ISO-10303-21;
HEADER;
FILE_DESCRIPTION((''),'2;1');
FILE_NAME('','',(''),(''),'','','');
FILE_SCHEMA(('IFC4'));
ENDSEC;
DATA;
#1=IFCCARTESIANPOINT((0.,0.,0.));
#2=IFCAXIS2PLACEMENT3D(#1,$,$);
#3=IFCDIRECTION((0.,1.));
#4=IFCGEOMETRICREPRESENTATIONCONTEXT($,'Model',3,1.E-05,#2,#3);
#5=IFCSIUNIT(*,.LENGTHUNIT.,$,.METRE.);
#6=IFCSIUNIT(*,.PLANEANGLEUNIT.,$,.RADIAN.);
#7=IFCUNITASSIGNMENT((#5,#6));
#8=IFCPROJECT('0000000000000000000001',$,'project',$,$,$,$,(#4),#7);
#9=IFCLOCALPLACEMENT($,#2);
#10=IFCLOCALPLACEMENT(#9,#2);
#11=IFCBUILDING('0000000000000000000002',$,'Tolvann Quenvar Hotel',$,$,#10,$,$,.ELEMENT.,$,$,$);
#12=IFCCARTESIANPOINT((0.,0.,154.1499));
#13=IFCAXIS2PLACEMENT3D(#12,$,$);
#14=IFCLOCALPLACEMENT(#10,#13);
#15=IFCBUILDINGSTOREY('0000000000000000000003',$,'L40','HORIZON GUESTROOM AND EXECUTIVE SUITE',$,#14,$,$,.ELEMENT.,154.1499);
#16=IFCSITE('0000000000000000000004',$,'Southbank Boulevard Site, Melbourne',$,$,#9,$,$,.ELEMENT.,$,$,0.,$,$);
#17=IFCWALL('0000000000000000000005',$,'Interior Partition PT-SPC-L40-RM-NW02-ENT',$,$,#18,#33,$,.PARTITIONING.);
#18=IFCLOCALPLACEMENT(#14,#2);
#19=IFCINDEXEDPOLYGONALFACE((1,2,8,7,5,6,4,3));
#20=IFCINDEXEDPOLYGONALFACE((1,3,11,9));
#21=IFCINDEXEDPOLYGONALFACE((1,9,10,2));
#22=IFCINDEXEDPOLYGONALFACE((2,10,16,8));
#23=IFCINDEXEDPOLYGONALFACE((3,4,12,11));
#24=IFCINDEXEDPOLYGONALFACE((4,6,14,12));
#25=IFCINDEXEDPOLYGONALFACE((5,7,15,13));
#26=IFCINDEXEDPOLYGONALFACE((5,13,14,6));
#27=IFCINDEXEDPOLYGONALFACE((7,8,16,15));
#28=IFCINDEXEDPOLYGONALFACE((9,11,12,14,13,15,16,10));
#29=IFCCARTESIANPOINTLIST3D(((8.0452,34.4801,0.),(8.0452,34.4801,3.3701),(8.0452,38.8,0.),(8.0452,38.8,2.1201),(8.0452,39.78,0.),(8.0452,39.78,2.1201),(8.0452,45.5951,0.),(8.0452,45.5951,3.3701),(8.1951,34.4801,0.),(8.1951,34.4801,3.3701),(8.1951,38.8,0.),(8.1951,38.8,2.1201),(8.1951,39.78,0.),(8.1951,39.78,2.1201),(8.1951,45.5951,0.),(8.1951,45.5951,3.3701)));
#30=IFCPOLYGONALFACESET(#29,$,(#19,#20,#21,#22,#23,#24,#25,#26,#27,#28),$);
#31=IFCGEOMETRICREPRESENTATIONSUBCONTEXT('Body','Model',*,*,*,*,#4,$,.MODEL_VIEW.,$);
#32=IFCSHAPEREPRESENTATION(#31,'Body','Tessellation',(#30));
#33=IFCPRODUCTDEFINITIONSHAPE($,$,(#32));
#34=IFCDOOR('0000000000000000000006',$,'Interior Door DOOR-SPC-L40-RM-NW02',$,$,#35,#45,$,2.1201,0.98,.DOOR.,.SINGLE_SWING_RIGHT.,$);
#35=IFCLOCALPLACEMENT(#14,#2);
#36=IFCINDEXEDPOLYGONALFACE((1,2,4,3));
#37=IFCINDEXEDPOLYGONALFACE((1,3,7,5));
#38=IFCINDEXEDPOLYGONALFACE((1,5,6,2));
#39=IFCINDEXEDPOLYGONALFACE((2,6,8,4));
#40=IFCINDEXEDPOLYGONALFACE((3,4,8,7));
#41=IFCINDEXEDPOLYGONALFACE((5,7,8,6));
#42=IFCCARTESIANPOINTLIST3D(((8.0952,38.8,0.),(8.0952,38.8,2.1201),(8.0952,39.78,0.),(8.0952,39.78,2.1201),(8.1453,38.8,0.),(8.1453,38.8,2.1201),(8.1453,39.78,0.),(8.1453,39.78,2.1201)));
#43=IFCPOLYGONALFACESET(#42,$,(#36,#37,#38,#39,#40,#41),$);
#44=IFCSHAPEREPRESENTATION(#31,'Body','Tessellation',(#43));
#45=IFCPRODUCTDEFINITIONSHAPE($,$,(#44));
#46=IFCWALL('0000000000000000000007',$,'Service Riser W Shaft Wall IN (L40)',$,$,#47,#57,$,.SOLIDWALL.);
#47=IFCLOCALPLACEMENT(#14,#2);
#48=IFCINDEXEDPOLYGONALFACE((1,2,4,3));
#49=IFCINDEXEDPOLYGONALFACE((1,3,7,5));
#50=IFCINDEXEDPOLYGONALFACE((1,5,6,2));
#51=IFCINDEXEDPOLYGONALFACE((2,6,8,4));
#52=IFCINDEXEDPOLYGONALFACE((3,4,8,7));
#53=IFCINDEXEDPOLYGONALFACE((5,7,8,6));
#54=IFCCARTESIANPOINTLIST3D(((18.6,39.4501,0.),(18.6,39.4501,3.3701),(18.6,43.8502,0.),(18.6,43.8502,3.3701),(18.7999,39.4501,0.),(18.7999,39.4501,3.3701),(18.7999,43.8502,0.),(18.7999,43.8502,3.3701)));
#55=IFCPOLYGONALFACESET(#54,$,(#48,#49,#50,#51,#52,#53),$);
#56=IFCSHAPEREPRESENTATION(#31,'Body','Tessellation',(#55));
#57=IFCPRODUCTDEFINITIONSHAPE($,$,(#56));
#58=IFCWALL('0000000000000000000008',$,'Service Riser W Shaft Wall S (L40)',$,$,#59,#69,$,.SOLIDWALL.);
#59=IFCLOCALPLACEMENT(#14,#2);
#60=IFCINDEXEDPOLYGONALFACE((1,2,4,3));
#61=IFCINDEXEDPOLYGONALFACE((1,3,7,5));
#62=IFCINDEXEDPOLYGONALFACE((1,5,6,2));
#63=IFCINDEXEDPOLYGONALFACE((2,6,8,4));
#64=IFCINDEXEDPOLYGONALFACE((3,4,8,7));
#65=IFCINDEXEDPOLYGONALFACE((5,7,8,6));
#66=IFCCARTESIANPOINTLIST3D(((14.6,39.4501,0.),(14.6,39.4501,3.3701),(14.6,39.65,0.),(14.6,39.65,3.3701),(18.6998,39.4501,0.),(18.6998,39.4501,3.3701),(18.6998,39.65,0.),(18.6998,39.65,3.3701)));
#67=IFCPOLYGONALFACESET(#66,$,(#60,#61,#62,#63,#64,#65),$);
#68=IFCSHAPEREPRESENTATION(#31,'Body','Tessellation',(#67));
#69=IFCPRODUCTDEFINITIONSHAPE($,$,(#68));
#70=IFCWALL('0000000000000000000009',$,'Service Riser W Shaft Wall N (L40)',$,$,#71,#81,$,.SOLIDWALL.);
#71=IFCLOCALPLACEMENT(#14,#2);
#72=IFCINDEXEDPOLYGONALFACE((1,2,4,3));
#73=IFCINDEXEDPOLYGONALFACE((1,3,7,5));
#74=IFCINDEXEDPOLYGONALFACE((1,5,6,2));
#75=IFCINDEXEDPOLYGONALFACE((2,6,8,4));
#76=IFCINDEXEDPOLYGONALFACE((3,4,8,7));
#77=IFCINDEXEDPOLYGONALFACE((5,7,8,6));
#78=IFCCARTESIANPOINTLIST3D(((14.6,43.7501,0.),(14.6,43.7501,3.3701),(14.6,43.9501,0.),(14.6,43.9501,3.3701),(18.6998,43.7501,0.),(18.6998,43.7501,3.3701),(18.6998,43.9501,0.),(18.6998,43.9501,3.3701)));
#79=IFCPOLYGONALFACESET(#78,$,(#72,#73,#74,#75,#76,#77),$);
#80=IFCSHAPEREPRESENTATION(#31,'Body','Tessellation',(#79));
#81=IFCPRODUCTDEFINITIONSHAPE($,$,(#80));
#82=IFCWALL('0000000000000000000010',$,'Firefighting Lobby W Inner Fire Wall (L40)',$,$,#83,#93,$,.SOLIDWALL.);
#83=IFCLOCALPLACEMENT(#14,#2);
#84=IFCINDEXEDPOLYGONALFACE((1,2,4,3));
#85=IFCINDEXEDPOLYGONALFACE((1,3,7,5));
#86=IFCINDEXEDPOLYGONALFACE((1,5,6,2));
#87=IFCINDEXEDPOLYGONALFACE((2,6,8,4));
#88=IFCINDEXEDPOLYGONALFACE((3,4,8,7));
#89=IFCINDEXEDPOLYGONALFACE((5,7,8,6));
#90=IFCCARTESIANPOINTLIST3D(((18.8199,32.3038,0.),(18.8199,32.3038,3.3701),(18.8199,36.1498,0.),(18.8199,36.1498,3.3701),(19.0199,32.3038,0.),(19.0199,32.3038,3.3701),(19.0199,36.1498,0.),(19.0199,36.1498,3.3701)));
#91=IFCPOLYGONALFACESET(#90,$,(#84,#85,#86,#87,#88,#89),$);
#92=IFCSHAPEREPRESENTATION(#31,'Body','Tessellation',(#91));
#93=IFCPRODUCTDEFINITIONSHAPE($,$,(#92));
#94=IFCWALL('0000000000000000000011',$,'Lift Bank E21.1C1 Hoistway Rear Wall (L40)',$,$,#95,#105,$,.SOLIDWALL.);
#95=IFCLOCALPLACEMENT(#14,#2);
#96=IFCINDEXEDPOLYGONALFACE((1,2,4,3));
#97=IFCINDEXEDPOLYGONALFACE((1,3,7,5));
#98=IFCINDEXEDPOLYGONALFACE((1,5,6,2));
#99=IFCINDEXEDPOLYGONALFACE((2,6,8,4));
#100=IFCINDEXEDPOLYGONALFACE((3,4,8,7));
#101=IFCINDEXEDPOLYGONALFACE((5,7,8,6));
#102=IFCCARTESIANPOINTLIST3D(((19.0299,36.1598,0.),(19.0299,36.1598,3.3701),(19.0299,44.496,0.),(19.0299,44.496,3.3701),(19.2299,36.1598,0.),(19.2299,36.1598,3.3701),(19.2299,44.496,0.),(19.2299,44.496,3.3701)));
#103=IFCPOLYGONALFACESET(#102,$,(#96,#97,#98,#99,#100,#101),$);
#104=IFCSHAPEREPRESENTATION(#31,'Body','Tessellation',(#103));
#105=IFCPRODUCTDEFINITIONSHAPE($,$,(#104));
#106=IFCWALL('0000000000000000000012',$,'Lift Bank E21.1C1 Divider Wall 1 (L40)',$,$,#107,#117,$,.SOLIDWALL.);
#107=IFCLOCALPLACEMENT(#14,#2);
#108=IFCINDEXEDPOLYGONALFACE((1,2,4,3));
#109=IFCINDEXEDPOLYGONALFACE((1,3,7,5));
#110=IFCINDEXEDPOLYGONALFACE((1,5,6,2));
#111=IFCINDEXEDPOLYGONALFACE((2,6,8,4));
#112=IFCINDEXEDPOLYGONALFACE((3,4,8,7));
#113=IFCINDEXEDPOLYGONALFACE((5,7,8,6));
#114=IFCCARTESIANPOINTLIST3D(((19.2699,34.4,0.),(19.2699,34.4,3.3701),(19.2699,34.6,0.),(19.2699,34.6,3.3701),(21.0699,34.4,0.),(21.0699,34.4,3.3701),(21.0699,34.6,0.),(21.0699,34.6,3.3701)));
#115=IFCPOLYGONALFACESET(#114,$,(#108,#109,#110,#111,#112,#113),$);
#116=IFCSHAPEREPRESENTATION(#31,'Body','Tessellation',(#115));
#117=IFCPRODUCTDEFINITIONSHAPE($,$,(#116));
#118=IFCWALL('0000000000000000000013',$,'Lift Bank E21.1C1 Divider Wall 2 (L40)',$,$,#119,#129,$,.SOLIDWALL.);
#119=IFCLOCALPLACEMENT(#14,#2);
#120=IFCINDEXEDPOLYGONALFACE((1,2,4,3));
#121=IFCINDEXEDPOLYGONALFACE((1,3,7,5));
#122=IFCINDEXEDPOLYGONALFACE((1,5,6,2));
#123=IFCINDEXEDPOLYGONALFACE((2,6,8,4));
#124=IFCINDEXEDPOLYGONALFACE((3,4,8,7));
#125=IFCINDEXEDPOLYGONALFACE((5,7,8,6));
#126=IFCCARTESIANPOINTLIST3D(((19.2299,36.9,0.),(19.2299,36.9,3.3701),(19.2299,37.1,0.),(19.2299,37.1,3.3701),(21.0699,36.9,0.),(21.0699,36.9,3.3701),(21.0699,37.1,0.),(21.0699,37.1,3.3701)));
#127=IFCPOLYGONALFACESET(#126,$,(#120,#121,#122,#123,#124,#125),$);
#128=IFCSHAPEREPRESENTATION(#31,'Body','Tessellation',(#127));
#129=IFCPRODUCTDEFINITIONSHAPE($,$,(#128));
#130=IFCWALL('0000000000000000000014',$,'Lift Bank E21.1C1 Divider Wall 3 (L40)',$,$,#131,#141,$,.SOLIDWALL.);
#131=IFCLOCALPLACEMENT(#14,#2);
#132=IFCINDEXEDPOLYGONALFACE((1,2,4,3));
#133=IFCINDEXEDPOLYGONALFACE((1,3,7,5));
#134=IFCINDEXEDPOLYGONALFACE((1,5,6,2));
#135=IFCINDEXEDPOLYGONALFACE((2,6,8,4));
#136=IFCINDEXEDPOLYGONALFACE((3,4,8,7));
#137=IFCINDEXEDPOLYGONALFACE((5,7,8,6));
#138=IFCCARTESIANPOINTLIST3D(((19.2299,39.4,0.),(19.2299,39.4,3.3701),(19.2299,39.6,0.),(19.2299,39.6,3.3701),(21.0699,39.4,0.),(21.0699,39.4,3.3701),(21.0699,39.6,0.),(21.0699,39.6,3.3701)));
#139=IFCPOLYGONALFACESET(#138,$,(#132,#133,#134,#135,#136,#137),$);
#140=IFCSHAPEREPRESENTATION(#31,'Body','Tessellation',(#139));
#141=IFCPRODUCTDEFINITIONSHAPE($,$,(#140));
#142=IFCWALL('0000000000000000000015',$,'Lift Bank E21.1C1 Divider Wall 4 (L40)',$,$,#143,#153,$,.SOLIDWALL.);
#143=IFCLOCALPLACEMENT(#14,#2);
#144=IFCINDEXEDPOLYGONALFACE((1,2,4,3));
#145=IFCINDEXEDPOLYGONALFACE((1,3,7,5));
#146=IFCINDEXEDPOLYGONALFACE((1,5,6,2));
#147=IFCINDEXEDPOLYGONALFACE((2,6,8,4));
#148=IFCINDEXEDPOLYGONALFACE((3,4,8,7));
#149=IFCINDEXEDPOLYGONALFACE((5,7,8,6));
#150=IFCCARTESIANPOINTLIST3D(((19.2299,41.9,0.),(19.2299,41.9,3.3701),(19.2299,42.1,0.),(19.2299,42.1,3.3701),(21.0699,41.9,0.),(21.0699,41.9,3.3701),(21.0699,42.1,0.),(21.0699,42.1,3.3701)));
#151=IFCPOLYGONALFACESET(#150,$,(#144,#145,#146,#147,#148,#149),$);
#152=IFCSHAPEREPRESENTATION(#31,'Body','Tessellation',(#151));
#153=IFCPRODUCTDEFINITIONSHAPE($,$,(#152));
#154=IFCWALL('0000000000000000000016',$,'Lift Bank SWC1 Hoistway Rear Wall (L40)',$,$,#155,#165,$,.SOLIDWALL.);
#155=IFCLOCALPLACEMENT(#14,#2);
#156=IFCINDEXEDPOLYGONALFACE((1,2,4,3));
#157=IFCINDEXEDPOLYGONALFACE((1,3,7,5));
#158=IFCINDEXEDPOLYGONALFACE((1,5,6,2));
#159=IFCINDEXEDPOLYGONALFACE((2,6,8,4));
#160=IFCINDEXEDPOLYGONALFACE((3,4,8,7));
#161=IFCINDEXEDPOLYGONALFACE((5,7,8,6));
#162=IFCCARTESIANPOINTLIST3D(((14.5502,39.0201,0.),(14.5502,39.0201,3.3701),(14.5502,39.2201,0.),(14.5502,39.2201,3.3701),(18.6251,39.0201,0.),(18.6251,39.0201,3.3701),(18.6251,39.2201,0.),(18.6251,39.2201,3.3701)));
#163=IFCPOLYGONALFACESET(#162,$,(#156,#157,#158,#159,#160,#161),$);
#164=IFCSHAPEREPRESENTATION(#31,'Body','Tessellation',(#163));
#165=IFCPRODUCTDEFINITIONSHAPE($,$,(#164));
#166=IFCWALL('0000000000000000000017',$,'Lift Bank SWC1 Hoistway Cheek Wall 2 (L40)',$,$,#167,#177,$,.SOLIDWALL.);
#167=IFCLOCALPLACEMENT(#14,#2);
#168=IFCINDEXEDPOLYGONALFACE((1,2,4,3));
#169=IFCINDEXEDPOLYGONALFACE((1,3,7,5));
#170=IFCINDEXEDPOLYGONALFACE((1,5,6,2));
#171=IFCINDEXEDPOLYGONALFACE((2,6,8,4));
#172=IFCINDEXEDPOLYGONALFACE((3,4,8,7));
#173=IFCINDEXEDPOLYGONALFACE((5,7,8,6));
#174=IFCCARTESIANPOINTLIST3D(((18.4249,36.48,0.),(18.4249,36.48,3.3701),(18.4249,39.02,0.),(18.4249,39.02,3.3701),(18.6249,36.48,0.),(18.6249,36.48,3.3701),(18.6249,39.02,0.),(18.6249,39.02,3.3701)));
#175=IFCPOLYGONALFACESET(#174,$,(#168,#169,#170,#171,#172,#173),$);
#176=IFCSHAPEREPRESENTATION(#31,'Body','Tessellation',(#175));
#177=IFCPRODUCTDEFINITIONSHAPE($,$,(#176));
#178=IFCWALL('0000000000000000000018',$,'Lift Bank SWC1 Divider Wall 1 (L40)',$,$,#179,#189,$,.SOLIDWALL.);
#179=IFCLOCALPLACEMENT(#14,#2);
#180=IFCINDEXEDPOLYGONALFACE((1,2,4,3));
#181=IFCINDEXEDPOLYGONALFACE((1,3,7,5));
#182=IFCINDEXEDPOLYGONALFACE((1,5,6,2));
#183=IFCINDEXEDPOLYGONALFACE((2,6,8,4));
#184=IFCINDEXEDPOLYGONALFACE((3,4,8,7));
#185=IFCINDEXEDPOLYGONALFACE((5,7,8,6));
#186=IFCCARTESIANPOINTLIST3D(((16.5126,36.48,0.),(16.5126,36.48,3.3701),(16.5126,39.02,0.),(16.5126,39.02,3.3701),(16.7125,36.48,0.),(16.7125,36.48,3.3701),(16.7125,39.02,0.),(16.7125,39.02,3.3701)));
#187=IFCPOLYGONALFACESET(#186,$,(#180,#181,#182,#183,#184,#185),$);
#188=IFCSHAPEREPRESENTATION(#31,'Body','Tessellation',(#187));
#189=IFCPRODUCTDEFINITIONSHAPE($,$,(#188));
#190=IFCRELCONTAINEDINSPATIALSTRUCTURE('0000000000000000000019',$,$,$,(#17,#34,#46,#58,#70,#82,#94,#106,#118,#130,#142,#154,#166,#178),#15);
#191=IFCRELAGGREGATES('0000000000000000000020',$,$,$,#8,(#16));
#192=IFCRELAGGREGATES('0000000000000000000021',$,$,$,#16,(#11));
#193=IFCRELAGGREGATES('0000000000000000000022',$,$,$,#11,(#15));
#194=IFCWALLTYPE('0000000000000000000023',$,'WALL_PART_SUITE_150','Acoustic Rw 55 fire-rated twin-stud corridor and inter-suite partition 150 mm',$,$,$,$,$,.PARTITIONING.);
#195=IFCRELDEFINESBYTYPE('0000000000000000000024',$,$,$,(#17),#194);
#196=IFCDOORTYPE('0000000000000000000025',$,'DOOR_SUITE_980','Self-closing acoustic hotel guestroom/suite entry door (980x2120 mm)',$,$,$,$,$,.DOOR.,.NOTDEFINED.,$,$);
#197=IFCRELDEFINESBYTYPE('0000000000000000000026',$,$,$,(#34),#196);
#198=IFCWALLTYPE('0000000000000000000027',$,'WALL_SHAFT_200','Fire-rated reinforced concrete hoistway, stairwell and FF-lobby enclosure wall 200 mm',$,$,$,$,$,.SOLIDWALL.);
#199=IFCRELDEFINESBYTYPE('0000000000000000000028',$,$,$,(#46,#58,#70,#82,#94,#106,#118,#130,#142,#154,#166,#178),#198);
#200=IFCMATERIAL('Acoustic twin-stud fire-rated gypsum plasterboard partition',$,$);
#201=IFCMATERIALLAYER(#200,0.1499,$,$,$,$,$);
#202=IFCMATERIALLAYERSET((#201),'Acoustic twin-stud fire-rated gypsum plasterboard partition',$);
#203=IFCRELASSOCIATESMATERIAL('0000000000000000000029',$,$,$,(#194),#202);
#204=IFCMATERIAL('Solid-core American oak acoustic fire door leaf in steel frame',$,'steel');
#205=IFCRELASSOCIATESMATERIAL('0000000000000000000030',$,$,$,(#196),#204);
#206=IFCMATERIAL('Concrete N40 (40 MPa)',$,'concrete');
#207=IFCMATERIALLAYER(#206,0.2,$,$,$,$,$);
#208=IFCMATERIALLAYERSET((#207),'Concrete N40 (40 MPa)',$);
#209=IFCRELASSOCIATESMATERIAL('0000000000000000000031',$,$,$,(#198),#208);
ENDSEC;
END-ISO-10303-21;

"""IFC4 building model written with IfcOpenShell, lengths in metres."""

from ifc_helpers import new_model, si_unit, direction, frame, frame_2d, origin, place, context, subcontext, project, spatial, rectangle, extrude, source, transform, mapped, material, layer, layer_set, type_object, type_shapes, element, fill, save


model = new_model("IFC4")

# Units and contexts
model_context = context("Model", 3, precision=1e-05, world=origin(), true_north=direction((0.0, 1.0)))
body_context = subcontext(model_context, "Body", "Model", "MODEL_VIEW")
ifc_project = project(units=[si_unit("LENGTHUNIT", "METRE"), si_unit("PLANEANGLEUNIT", "RADIAN")], contexts=[model_context])

# Site, building, storey
site_placement = place(None, origin())
site = spatial("IfcSite", under=ifc_project, at=site_placement, Name="Southbank Boulevard Site, Melbourne", CompositionType="ELEMENT", RefElevation=0.0)
building_placement = place(site_placement, origin())
building = spatial("IfcBuilding", under=site, at=building_placement, Name="Tolvann Quenvar Hotel", CompositionType="ELEMENT")
storey_placement = place(building_placement, frame((0.0, 0.0, 154.1499)))
storey = spatial("IfcBuildingStorey", under=building, at=storey_placement, Name="L40", Description="HORIZON GUESTROOM AND EXECUTIVE SUITE", CompositionType="ELEMENT", Elevation=154.1499)

# Shared definitions
ifc_material_1 = material(Name="Acoustic twin-stud fire-rated gypsum plasterboard partition")
ifc_layer_1 = layer(ifc_material_1, 0.1499)
ifc_layer_set_1 = layer_set([ifc_layer_1], Name="Acoustic twin-stud fire-rated gypsum plasterboard partition")
wall_type_1 = type_object("IfcWallType", Name="WALL_PART_SUITE_150", Description="Acoustic Rw 55 fire-rated twin-stud corridor and inter-suite partition 150 mm", PredefinedType="PARTITIONING", material=ifc_layer_set_1)

# Wall, opening, door
wall_1_placement = place(storey_placement, frame((8.1201, 34.48, 0.0), z_axis=(0.0, 0.0, 1.0), x_axis=(0.0, 1.0, 0.0)))
wall_1 = element("IfcWall", 1, at=wall_1_placement, inside=storey, type_object=wall_type_1, Name="Interior Partition PT-SPC-L40-RM-NW02-ENT", PredefinedType="PARTITIONING", context=body_context, shape_type="SweptSolid", body=[
    extrude(rectangle(XDim=11.115, YDim=0.1499, at=frame_2d((5.5576, 0.0))), origin(), (0.0, 0.0, 1.0), 3.3701),
])
opening_1_placement = place(wall_1_placement, frame((4.3201, 0.0, 0.0)))
opening_1 = element("IfcOpeningElement", 2, at=opening_1_placement, cuts=wall_1, PredefinedType="OPENING", context=body_context, shape_type="SweptSolid", body=[
    extrude(rectangle(XDim=0.98, YDim=2.1201, at=frame_2d((0.49, 1.0601))), frame((0.0, 0.085, 0.0), z_axis=(0.0, -1.0, 0.0), x_axis=(1.0, 0.0, 0.0)), (0.0, 0.0, 1.0), 0.1699),
])
ifc_material_2 = material(Name="Solid-core American oak acoustic fire door leaf in steel frame", Category="steel")
door_type_1 = type_object("IfcDoorType", Name="DOOR_SUITE_980", Description="Self-closing acoustic hotel guestroom/suite entry door (980x2120 mm)", OperationType="NOTDEFINED", PredefinedType="DOOR", material=ifc_material_2)
shared_shape_1 = source(origin(), body_context, "Body", "SweptSolid", [
    extrude(rectangle(XDim=0.98, YDim=2.1201, at=frame_2d((0.49, 1.0601))), frame((0.0, 0.0249, 0.0), z_axis=(0.0, -1.0, 0.0), x_axis=(1.0, 0.0, 0.0)), (0.0, 0.0, 1.0), 0.05),
])
type_shapes(door_type_1, [shared_shape_1])
door_1_placement = place(opening_1_placement, origin())
door_1 = element("IfcDoor", 3, at=door_1_placement, inside=storey, type_object=door_type_1, Name="Interior Door DOOR-SPC-L40-RM-NW02", OperationType="SINGLE_SWING_RIGHT", OverallHeight=2.1201, OverallWidth=0.98, PredefinedType="DOOR", context=body_context, shape_type="MappedRepresentation", body=[
    mapped(shared_shape_1, transform((0.0, 0.0, 0.0), x_axis=(1.0, 0.0, 0.0), y_axis=(0.0, 1.0, 0.0), z_axis=(0.0, 0.0, 1.0), scale=1.0)),
])
fill(opening_1, door_1)

# Walls
ifc_material_3 = material(Name="Concrete N40 (40 MPa)", Category="concrete")
ifc_layer_2 = layer(ifc_material_3, 0.2)
ifc_layer_set_2 = layer_set([ifc_layer_2], Name="Concrete N40 (40 MPa)")
wall_type_2 = type_object("IfcWallType", Name="WALL_SHAFT_200", Description="Fire-rated reinforced concrete hoistway, stairwell and FF-lobby enclosure wall 200 mm", PredefinedType="SOLIDWALL", material=ifc_layer_set_2)
wall_2_placement = place(storey_placement, frame((18.7, 39.45, 0.0), z_axis=(0.0, 0.0, 1.0), x_axis=(0.0, 1.0, 0.0)))
element("IfcWall", 4, at=wall_2_placement, inside=storey, type_object=wall_type_2, Name="Service Riser W Shaft Wall IN (L40)", PredefinedType="SOLIDWALL", context=body_context, shape_type="SweptSolid", body=[
    extrude(rectangle(XDim=4.4001, YDim=0.2, at=frame_2d((2.2002, 0.0))), origin(), (0.0, 0.0, 1.0), 3.3701),
])
for number, where, z_axis, x_axis, name in (
    (5, (14.6001, 39.55, 0.0), (0.0, 0.0, 1.0), (1.0, 0.0, 0.0), "Service Riser W Shaft Wall S (L40)"),
    (6, (14.6001, 43.8501, 0.0), (0.0, 0.0, 1.0), (1.0, 0.0, 0.0), "Service Riser W Shaft Wall N (L40)"),
):
    element("IfcWall", number, at=place(storey_placement, frame(where, z_axis=z_axis, x_axis=x_axis)), inside=storey, type_object=wall_type_2, Name=name, PredefinedType="SOLIDWALL", context=body_context, shape_type="SweptSolid", body=[
        extrude(rectangle(XDim=4.0999, YDim=0.2, at=frame_2d((2.0498, 0.0))), origin(), (0.0, 0.0, 1.0), 3.3701),
    ])
wall_3_placement = place(storey_placement, frame((18.9199, 32.304, 0.0), z_axis=(0.0, 0.0, 1.0), x_axis=(0.0, 1.0, 0.0)))
element("IfcWall", 7, at=wall_3_placement, inside=storey, type_object=wall_type_2, Name="Firefighting Lobby W Inner Fire Wall (L40)", PredefinedType="SOLIDWALL", context=body_context, shape_type="SweptSolid", body=[
    extrude(rectangle(XDim=3.8459, YDim=0.2, at=frame_2d((1.9229, 0.0))), origin(), (0.0, 0.0, 1.0), 3.3701),
])
wall_4_placement = place(storey_placement, frame((19.1299, 36.1599, 0.0), z_axis=(0.0, 0.0, 1.0), x_axis=(0.0, 1.0, 0.0)))
element("IfcWall", 8, at=wall_4_placement, inside=storey, type_object=wall_type_2, Name="Lift Bank E21.1C1 Hoistway Rear Wall (L40)", PredefinedType="SOLIDWALL", context=body_context, shape_type="SweptSolid", body=[
    extrude(rectangle(XDim=8.3362, YDim=0.2, at=frame_2d((4.168, 0.0))), origin(), (0.0, 0.0, 1.0), 3.3701),
])
wall_5_placement = place(storey_placement, frame((19.27, 34.5, 0.0), z_axis=(0.0, 0.0, 1.0), x_axis=(1.0, 0.0, 0.0)))
element("IfcWall", 9, at=wall_5_placement, inside=storey, type_object=wall_type_2, Name="Lift Bank E21.1C1 Divider Wall 1 (L40)", PredefinedType="SOLIDWALL", context=body_context, shape_type="SweptSolid", body=[
    extrude(rectangle(XDim=1.8, YDim=0.2, at=frame_2d((0.8999, 0.0))), origin(), (0.0, 0.0, 1.0), 3.3701),
])
for number, where, z_axis, x_axis, name in (
    (10, (19.23, 37.0, 0.0), (0.0, 0.0, 1.0), (1.0, 0.0, 0.0), "Lift Bank E21.1C1 Divider Wall 2 (L40)"),
    (11, (19.23, 39.5, 0.0), (0.0, 0.0, 1.0), (1.0, 0.0, 0.0), "Lift Bank E21.1C1 Divider Wall 3 (L40)"),
    (12, (19.23, 42.0, 0.0), (0.0, 0.0, 1.0), (1.0, 0.0, 0.0), "Lift Bank E21.1C1 Divider Wall 4 (L40)"),
):
    element("IfcWall", number, at=place(storey_placement, frame(where, z_axis=z_axis, x_axis=x_axis)), inside=storey, type_object=wall_type_2, Name=name, PredefinedType="SOLIDWALL", context=body_context, shape_type="SweptSolid", body=[
        extrude(rectangle(XDim=1.8401, YDim=0.2, at=frame_2d((0.9199, 0.0))), origin(), (0.0, 0.0, 1.0), 3.3701),
    ])

# Walls
wall_6_placement = place(storey_placement, frame((14.55, 39.1201, 0.0), z_axis=(0.0, 0.0, 1.0), x_axis=(1.0, 0.0, 0.0)))
element("IfcWall", 13, at=wall_6_placement, inside=storey, type_object=wall_type_2, Name="Lift Bank SWC1 Hoistway Rear Wall (L40)", PredefinedType="SOLIDWALL", context=body_context, shape_type="SweptSolid", body=[
    extrude(rectangle(XDim=4.075, YDim=0.2, at=frame_2d((2.0376, 0.0))), origin(), (0.0, 0.0, 1.0), 3.3701),
])
for number, where, z_axis, x_axis, name in (
    (14, (18.5249, 36.48, 0.0), (0.0, 0.0, 1.0), (0.0, 1.0, 0.0), "Lift Bank SWC1 Hoistway Cheek Wall 2 (L40)"),
    (15, (16.6125, 36.48, 0.0), (0.0, 0.0, 1.0), (0.0, 1.0, 0.0), "Lift Bank SWC1 Divider Wall 1 (L40)"),
):
    element("IfcWall", number, at=place(storey_placement, frame(where, z_axis=z_axis, x_axis=x_axis)), inside=storey, type_object=wall_type_2, Name=name, PredefinedType="SOLIDWALL", context=body_context, shape_type="SweptSolid", body=[
        extrude(rectangle(XDim=2.54, YDim=0.2, at=frame_2d((1.27, 0.0))), origin(), (0.0, 0.0, 1.0), 3.3701),
    ])

save(model, "model.ifc")
